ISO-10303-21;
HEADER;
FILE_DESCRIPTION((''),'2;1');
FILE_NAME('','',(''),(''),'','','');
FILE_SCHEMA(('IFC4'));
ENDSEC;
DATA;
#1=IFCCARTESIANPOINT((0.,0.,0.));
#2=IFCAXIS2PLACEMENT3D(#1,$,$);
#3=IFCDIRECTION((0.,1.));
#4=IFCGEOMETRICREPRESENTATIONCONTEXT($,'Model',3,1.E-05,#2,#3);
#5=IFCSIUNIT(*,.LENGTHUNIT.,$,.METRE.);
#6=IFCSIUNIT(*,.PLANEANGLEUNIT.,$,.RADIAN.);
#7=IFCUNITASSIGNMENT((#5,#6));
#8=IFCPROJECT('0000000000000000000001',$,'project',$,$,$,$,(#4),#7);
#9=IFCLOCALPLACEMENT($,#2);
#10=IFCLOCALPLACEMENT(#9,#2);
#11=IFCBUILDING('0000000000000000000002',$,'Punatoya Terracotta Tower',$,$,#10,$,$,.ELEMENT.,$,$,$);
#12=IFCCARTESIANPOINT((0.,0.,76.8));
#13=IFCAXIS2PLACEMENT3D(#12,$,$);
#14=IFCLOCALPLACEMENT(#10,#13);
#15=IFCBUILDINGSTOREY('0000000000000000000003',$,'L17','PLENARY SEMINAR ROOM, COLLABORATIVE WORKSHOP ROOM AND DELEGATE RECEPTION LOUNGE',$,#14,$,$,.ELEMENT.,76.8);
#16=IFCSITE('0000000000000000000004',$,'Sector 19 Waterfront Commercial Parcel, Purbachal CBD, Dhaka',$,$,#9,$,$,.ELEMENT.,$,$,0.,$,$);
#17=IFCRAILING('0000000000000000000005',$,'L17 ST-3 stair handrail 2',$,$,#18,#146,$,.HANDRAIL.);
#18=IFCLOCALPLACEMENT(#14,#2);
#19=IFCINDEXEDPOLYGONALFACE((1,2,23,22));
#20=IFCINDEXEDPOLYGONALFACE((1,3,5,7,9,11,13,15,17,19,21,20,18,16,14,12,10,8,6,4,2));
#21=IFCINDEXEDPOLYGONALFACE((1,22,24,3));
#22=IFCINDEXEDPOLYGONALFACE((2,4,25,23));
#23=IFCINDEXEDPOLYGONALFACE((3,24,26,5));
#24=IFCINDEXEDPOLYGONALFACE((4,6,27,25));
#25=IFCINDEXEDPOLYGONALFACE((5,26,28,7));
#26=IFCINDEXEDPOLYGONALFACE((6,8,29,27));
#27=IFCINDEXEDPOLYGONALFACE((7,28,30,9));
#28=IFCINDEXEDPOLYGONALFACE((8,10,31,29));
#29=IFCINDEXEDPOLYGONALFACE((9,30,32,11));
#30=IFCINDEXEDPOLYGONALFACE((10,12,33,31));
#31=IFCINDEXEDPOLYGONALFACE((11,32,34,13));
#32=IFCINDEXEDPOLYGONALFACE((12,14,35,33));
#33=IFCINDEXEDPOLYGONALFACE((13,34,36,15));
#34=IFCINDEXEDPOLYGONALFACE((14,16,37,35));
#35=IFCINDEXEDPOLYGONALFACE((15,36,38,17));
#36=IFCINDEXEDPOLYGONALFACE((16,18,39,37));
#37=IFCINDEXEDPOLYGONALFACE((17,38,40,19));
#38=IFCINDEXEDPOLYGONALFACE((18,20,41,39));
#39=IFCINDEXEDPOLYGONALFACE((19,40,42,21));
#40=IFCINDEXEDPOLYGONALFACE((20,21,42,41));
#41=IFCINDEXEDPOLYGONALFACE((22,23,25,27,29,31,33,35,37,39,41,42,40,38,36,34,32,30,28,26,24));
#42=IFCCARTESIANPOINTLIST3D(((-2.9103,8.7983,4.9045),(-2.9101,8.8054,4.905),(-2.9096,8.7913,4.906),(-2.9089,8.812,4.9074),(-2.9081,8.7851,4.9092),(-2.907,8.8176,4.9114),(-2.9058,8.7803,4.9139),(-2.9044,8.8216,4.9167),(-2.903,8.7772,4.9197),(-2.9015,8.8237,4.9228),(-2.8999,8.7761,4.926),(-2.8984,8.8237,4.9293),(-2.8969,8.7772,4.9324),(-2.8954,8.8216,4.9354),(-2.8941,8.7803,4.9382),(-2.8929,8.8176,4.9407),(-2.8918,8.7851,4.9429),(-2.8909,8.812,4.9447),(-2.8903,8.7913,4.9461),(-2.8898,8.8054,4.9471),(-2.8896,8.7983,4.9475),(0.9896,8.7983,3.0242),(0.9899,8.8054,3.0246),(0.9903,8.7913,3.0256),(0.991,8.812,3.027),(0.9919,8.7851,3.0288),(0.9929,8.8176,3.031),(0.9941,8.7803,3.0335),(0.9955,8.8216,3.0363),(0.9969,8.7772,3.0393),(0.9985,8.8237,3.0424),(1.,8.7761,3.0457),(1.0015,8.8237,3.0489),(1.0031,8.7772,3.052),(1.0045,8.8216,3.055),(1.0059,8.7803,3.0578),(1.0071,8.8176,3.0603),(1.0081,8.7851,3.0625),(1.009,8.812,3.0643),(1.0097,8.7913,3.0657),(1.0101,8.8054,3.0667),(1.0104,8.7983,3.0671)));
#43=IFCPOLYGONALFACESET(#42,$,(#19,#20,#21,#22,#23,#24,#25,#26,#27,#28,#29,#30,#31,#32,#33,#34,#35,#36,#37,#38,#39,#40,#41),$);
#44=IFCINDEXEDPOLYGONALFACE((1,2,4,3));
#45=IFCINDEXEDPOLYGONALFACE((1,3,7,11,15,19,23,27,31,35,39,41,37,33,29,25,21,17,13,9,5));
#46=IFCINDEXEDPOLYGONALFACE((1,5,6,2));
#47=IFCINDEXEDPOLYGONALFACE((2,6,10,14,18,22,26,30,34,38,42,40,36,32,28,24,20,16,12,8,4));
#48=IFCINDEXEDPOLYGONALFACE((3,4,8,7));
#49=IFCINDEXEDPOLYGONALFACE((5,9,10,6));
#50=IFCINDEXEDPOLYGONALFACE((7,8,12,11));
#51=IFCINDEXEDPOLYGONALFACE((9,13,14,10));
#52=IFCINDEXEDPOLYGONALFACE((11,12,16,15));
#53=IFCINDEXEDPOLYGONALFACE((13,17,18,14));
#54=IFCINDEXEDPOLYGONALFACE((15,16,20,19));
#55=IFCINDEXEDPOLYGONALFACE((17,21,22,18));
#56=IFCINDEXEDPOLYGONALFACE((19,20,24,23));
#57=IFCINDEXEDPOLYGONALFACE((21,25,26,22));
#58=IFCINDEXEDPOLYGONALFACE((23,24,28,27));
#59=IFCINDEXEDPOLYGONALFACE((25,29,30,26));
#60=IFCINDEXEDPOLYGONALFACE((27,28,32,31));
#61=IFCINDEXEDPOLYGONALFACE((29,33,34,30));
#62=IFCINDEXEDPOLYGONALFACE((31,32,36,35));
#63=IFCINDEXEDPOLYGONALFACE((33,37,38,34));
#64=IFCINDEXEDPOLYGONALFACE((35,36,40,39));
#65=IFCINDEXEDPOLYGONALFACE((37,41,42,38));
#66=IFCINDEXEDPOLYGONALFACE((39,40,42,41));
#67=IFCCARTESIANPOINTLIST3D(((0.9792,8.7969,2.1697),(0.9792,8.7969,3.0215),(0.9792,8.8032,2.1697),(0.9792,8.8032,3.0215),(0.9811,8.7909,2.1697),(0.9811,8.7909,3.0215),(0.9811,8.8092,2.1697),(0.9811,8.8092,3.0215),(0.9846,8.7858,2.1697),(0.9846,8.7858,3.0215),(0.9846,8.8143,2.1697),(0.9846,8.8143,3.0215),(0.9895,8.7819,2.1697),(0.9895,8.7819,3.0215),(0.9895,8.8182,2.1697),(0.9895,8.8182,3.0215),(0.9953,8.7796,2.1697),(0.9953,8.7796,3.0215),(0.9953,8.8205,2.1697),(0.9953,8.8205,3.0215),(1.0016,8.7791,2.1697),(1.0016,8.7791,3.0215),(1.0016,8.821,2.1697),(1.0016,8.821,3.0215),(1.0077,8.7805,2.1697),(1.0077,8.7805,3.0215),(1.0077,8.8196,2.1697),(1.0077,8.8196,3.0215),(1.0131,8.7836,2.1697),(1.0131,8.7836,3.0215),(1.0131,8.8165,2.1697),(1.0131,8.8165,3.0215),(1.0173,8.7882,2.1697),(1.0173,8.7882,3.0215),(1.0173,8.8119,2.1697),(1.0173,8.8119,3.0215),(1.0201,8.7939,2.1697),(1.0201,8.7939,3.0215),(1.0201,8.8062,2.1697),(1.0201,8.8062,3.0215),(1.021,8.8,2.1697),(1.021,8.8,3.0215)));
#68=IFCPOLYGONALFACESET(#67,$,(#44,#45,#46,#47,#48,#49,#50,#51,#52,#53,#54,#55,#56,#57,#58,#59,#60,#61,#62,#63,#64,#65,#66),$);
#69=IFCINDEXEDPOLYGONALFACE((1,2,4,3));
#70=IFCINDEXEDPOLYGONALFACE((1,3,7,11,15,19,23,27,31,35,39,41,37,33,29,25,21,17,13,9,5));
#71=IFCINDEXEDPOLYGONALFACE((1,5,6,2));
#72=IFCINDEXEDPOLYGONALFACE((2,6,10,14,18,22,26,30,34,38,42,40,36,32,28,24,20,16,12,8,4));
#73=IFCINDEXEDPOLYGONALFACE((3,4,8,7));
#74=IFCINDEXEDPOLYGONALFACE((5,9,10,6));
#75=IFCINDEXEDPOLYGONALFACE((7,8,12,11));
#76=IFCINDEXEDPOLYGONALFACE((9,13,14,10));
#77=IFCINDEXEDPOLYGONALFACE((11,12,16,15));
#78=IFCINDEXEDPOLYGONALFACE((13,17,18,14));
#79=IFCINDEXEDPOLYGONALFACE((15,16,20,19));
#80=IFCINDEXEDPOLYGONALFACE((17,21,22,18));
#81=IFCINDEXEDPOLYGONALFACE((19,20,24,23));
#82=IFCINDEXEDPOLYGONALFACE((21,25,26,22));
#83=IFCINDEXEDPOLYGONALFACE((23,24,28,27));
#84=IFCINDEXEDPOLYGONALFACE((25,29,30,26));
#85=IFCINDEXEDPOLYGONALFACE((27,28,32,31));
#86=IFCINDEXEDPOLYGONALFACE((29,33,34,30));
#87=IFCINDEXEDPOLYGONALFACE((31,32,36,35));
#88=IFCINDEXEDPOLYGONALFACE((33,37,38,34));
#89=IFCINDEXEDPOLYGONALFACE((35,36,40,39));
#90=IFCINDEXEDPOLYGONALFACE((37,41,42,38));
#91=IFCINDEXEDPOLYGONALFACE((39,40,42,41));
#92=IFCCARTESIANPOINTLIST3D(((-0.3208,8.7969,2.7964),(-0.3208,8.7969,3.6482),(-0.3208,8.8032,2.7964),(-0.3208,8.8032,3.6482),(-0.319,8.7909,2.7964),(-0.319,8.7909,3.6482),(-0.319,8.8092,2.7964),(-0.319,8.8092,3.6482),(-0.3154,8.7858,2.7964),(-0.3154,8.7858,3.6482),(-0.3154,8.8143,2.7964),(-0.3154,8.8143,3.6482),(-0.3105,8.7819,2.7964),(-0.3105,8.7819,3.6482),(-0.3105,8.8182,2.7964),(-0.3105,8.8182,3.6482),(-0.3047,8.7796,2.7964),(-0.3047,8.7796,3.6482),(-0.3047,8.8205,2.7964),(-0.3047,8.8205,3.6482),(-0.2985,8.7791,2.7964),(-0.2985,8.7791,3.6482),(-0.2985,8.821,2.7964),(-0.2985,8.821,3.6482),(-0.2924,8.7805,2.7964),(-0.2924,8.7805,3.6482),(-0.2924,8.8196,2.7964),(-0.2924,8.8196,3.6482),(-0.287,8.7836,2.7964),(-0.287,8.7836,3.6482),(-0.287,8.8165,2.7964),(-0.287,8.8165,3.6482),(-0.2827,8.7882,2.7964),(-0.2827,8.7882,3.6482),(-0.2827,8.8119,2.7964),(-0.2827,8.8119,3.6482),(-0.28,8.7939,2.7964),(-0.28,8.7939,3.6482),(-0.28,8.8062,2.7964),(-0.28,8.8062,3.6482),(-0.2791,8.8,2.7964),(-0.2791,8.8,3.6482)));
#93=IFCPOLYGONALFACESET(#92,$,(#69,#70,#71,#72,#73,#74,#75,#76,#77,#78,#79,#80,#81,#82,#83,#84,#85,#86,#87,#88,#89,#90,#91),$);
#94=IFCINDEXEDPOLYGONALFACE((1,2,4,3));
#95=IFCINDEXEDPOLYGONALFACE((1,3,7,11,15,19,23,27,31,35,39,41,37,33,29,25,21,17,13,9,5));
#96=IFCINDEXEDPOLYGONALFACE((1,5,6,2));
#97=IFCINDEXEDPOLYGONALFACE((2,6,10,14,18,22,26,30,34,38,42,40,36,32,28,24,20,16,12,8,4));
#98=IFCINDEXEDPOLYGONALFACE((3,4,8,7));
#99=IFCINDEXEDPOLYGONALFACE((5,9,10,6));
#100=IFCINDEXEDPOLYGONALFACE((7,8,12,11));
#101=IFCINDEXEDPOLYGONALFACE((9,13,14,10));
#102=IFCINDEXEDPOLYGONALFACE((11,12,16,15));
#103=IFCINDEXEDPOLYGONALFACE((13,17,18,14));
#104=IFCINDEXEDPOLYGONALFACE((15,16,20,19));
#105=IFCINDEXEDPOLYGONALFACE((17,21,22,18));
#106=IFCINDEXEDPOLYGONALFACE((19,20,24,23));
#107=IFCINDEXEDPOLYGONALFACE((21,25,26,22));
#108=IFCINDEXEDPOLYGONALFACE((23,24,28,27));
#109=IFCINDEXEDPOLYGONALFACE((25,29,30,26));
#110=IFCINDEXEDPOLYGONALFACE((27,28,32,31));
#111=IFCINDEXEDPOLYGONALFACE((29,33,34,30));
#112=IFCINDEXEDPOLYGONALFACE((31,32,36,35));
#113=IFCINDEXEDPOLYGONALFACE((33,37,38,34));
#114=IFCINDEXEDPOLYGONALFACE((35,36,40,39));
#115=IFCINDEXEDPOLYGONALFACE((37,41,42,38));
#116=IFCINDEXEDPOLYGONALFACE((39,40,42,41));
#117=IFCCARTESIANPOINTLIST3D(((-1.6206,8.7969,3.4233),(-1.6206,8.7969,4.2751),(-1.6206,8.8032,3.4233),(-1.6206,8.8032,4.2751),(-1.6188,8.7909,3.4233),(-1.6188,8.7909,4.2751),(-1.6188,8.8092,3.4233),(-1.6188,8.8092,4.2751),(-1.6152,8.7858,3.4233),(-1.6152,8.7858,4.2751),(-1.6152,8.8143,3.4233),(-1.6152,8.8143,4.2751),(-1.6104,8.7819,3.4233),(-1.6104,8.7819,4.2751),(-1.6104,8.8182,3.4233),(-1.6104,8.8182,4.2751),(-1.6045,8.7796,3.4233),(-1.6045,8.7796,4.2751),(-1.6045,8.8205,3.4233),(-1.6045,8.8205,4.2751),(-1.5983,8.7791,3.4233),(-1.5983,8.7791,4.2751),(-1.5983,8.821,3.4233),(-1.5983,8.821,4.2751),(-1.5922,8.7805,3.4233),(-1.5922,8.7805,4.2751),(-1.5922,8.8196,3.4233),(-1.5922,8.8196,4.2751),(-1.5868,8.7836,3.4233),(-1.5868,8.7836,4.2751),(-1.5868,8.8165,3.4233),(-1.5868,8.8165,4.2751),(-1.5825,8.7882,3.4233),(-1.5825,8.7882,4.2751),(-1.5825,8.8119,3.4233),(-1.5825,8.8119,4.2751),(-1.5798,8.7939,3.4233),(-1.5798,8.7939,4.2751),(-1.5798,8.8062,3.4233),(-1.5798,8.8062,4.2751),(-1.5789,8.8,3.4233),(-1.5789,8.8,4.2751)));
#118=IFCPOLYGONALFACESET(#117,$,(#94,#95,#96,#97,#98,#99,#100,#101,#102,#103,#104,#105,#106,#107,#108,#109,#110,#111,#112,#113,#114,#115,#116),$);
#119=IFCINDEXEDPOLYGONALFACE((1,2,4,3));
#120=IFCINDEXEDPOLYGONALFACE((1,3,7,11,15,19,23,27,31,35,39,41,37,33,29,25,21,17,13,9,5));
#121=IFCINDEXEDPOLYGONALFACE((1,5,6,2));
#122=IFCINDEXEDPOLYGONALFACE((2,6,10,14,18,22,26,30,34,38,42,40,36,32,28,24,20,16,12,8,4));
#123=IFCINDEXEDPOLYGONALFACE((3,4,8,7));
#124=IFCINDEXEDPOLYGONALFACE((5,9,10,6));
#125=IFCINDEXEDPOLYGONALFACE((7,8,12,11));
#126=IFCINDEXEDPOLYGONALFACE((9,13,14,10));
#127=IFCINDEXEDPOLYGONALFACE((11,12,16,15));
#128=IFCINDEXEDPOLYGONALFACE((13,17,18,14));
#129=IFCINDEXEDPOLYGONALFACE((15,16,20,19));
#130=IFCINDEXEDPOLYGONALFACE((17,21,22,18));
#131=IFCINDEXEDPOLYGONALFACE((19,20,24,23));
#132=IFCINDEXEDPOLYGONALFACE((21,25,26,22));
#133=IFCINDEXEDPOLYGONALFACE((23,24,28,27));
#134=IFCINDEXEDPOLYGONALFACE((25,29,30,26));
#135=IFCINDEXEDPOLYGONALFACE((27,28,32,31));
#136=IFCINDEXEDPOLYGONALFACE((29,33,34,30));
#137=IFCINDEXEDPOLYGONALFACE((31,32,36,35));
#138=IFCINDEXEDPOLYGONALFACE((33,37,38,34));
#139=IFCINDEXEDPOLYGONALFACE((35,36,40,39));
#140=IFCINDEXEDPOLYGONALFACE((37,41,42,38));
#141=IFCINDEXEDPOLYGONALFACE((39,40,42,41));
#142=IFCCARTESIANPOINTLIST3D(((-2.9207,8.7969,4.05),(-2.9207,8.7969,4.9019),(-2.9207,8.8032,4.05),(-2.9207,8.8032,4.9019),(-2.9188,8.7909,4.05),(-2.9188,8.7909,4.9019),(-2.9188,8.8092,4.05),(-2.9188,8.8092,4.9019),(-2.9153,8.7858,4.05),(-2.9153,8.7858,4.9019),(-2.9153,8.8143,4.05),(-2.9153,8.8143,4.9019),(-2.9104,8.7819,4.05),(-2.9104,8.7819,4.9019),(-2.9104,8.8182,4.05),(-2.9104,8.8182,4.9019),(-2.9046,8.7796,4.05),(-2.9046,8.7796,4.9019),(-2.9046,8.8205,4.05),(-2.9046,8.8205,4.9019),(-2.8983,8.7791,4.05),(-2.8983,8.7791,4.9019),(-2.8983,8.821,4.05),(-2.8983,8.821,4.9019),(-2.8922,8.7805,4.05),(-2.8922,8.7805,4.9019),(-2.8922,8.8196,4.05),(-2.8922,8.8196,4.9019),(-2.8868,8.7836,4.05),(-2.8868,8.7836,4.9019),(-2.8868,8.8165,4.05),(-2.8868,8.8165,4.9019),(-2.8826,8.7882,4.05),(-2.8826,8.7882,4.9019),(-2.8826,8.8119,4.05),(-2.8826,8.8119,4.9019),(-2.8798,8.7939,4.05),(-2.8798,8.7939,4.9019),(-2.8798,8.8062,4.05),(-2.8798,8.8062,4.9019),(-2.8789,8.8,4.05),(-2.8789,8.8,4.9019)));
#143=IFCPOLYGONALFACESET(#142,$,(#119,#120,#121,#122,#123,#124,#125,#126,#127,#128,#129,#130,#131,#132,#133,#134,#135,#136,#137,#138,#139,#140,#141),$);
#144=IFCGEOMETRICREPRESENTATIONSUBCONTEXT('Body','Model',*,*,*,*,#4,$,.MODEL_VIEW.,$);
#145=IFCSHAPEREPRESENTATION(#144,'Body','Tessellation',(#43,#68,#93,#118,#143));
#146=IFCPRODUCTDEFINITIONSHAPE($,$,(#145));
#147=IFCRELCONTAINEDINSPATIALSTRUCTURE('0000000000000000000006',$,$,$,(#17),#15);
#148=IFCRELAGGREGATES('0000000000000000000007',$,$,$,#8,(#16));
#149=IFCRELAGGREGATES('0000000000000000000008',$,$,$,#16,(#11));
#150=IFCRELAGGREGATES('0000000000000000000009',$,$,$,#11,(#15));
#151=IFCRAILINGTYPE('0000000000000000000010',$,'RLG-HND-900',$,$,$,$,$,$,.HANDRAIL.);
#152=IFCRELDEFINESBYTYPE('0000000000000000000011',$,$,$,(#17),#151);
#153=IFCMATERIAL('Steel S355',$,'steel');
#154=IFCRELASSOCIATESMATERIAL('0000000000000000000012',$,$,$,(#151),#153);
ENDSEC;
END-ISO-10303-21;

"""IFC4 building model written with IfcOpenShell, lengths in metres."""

from ifc_helpers import new_model, si_unit, direction, frame, origin, origin_2d, place, context, subcontext, project, spatial, circle, extrude, material, type_object, element, save


model = new_model("IFC4")

# Units and contexts
model_context = context("Model", 3, precision=1e-05, world=origin(), true_north=direction((0.0, 1.0)))
body_context = subcontext(model_context, "Body", "Model", "MODEL_VIEW")
ifc_project = project(units=[si_unit("LENGTHUNIT", "METRE"), si_unit("PLANEANGLEUNIT", "RADIAN")], contexts=[model_context])

# Site, building, storey
site_placement = place(None, origin())
site = spatial("IfcSite", under=ifc_project, at=site_placement, Name="Sector 19 Waterfront Commercial Parcel, Purbachal CBD, Dhaka", CompositionType="ELEMENT", RefElevation=0.0)
building_placement = place(site_placement, origin())
building = spatial("IfcBuilding", under=site, at=building_placement, Name="Punatoya Terracotta Tower", CompositionType="ELEMENT")
storey_placement = place(building_placement, frame((0.0, 0.0, 76.8)))
storey = spatial("IfcBuildingStorey", under=building, at=storey_placement, Name="L17", Description="PLENARY SEMINAR ROOM, COLLABORATIVE WORKSHOP ROOM AND DELEGATE RECEPTION LOUNGE", CompositionType="ELEMENT", Elevation=76.8)

# Shared definitions
ifc_material_1 = material(Name="Steel S355", Category="steel")

# Railing
railing_type_1 = type_object("IfcRailingType", Name="RLG-HND-900", PredefinedType="HANDRAIL", material=ifc_material_1)
railing_1_placement = place(storey_placement, frame((1.0, 8.8, 2.1697)))
element("IfcRailing", 1, at=railing_1_placement, inside=storey, type_object=railing_type_1, Name="L17 ST-3 stair handrail 2", PredefinedType="HANDRAIL", context=body_context, shape_type="SweptSolid", body=[
    extrude(circle(Radius=0.0239, at=origin_2d()), frame((0.0, 0.0, 0.876), z_axis=(-0.900763, 0.0, 0.434311), x_axis=(0.0, -1.0, 0.0)), (0.0, 0.0, 1.0), 4.3296),
    extrude(circle(Radius=0.021, at=origin_2d()), origin(), (0.0, 0.0, 1.0), 0.8518),
    extrude(circle(Radius=0.021, at=origin_2d()), frame((-1.3, 0.0, 0.6267)), (0.0, 0.0, 1.0), 0.8518),
    extrude(circle(Radius=0.021, at=origin_2d()), frame((-2.5999, 0.0, 1.2537)), (0.0, 0.0, 1.0), 0.8518),
    extrude(circle(Radius=0.021, at=origin_2d()), frame((-3.8999, 0.0, 1.8804)), (0.0, 0.0, 1.0), 0.8518),
])

save(model, "model.ifc")
